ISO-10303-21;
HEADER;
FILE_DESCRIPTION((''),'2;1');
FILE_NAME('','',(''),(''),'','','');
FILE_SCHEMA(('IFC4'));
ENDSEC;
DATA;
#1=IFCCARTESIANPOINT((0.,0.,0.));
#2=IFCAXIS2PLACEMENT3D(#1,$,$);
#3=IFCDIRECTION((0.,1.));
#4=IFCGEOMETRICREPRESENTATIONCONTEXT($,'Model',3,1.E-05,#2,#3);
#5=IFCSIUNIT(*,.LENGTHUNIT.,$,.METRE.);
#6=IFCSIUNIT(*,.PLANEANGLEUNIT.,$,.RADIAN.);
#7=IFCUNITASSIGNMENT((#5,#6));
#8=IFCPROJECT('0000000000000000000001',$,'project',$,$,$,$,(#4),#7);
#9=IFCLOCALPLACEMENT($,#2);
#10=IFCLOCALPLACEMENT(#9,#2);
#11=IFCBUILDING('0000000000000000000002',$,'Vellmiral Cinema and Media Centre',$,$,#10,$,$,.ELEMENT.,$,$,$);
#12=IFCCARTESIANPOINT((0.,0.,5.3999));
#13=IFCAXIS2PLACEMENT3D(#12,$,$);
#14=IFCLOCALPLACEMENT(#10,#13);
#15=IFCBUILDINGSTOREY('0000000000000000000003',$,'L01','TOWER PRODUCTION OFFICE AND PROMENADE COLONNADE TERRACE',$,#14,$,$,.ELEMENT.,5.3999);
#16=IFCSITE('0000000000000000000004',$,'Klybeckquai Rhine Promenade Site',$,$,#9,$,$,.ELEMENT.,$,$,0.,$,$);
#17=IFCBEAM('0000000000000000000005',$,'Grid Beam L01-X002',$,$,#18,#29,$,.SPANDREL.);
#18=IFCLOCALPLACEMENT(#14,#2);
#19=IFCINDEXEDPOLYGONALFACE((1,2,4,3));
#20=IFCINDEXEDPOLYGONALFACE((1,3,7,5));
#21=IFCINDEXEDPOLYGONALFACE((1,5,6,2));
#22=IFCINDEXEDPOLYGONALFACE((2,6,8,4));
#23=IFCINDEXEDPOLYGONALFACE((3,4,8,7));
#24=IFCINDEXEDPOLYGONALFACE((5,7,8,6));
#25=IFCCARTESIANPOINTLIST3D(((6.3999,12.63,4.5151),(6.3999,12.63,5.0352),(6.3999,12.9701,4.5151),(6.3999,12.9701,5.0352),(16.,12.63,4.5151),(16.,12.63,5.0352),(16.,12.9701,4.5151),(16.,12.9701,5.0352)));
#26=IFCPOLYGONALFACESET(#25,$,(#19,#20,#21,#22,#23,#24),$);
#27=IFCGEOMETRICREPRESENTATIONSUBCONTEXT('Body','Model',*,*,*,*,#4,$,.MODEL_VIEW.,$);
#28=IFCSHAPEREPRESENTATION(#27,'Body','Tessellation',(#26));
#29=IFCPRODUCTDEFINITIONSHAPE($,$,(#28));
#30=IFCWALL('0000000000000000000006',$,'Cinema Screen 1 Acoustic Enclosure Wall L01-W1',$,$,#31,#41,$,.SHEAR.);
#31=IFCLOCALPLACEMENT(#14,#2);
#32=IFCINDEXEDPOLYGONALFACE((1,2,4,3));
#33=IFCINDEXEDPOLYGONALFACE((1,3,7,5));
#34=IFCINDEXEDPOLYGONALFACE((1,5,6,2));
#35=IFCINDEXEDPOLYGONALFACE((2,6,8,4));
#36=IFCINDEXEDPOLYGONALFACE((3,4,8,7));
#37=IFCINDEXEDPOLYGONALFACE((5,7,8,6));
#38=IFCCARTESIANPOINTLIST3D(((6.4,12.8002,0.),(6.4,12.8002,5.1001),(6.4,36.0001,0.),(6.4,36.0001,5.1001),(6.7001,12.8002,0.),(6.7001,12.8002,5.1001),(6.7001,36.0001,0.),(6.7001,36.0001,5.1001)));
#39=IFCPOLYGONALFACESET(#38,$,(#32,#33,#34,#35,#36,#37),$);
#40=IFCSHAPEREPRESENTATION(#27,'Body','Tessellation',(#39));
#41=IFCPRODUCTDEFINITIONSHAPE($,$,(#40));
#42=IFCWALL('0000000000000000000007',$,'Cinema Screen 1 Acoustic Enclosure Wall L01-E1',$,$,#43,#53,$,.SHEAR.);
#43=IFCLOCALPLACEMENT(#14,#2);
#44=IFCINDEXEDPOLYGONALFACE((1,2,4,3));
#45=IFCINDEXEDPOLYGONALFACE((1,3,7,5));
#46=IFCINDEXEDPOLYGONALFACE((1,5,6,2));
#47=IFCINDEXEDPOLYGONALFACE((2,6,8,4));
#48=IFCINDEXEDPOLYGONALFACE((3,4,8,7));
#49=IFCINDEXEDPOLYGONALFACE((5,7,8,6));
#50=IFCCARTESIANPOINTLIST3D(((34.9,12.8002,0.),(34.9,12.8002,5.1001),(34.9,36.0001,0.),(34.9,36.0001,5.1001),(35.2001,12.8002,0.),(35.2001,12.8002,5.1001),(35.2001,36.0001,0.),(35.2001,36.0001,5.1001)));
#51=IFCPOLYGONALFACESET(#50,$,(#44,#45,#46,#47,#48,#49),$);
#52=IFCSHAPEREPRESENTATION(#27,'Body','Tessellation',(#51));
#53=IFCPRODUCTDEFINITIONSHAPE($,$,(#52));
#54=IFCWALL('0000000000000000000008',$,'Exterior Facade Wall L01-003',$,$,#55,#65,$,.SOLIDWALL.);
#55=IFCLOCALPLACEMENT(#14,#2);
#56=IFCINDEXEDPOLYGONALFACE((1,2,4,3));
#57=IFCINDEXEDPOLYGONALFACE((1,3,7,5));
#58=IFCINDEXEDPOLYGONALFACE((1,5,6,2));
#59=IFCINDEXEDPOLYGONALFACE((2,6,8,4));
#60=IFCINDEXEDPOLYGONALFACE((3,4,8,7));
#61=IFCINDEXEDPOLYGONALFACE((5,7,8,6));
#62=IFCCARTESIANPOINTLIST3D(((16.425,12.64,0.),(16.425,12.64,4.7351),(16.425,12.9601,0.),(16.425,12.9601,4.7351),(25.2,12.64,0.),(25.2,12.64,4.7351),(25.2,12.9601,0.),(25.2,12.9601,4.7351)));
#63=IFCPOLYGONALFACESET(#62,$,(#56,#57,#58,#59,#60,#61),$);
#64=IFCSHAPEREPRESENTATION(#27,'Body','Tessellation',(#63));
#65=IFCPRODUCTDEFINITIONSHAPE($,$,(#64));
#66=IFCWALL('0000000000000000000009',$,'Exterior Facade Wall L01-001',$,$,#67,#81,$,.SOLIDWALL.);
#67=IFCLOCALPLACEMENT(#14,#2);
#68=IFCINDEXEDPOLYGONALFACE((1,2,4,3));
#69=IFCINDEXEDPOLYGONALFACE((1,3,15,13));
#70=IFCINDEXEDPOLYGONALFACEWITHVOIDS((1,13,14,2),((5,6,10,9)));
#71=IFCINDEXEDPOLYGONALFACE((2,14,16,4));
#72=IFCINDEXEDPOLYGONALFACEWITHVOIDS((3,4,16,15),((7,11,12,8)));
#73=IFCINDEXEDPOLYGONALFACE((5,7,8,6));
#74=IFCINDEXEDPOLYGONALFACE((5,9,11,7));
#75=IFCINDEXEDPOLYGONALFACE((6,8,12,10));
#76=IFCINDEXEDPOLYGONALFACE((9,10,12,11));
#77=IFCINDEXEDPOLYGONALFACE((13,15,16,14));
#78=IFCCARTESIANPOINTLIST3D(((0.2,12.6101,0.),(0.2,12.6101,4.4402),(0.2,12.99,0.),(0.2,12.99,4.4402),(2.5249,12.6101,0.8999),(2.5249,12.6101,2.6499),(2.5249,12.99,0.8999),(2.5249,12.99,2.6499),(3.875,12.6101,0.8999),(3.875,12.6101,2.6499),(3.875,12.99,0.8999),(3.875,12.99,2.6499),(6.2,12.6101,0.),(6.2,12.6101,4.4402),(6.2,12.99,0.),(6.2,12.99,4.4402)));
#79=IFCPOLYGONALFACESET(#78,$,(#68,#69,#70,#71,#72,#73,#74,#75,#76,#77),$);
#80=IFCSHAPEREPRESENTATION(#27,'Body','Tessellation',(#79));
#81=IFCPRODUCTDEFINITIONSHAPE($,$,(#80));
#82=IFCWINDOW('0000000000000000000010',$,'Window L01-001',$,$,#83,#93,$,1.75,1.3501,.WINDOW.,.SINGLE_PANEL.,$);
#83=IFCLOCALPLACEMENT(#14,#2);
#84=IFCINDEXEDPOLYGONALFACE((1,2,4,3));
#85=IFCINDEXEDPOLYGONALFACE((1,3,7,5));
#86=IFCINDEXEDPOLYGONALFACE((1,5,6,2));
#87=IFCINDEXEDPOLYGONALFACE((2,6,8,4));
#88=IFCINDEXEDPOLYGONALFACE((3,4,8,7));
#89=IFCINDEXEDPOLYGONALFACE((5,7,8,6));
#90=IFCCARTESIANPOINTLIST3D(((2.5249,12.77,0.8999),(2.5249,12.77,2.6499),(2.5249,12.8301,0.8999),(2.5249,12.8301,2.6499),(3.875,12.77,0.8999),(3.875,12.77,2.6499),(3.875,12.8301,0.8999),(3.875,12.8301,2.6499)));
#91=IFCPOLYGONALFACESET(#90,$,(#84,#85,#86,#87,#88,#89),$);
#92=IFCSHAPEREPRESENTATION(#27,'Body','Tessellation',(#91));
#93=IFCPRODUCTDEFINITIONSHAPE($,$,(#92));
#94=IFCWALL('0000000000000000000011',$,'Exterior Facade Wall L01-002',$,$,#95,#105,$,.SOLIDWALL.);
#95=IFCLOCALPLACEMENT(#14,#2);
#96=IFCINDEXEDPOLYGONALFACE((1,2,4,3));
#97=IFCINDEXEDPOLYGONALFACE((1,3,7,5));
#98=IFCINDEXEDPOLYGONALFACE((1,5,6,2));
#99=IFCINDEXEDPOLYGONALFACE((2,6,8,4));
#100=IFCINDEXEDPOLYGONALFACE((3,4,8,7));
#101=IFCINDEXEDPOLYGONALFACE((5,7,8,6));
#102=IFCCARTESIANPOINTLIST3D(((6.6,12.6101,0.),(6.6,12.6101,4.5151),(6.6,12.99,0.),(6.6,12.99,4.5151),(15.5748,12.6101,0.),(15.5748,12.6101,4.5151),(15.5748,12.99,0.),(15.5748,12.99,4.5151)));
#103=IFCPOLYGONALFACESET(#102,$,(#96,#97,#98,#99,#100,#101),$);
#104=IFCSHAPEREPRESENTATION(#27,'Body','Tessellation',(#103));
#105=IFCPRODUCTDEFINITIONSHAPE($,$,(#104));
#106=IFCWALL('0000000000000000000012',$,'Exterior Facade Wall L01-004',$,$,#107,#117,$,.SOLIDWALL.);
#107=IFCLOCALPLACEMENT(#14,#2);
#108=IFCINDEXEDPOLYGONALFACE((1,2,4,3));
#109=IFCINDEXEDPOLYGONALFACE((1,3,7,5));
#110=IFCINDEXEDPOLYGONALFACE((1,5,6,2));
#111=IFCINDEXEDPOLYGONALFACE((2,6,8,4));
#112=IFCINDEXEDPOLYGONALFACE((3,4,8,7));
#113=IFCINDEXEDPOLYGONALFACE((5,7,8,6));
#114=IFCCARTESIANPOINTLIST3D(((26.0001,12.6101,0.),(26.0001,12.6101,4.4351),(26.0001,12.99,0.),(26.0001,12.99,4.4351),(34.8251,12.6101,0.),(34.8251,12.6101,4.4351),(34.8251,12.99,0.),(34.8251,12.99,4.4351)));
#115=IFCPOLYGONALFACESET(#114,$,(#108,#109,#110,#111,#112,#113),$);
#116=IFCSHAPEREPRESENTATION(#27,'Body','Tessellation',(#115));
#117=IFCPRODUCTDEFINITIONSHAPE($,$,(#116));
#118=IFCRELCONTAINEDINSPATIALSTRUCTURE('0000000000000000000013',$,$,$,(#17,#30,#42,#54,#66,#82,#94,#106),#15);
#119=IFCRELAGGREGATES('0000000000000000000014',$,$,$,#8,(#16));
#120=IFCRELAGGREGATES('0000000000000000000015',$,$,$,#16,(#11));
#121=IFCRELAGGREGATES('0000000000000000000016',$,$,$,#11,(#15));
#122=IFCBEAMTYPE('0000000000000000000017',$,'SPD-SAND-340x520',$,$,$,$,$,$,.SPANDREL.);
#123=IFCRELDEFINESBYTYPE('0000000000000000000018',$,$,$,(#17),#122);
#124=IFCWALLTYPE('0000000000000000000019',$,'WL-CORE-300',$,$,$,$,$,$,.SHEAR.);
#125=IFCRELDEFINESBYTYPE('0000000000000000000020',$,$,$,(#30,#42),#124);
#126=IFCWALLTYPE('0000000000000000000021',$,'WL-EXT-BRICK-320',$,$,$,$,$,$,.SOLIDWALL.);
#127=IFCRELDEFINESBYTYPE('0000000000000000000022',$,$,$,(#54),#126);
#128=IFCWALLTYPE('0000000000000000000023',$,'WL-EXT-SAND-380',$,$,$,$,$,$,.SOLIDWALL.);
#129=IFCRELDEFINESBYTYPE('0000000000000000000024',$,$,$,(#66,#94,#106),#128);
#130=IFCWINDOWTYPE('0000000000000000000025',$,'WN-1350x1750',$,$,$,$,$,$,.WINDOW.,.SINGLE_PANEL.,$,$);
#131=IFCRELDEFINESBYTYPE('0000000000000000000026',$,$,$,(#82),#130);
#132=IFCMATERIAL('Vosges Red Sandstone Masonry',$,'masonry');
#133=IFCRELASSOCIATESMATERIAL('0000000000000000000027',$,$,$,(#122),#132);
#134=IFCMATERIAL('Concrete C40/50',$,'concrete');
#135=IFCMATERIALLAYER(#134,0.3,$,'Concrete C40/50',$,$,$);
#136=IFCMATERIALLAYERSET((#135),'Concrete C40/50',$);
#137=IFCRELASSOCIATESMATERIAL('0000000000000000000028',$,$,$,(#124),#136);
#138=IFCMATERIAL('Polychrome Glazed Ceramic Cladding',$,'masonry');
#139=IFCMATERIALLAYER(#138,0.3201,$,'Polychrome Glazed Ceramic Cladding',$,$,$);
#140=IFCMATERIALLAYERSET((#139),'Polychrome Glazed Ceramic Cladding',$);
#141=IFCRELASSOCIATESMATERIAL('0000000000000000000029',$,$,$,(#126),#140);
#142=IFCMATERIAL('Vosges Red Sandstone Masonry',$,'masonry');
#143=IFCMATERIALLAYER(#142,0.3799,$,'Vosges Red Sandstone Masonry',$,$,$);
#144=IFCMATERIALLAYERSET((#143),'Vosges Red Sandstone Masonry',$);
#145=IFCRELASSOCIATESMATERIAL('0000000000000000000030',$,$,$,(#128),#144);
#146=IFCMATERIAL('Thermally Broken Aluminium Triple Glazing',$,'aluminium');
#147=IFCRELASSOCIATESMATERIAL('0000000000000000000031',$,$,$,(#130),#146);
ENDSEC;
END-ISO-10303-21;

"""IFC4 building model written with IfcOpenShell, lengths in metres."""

from ifc_helpers import new_model, si_unit, direction, frame, frame_2d, origin, origin_2d, place, context, subcontext, project, spatial, rectangle, extrude, material, layer, layer_set, material_profile, profile_set, type_object, element, fill, save


model = new_model("IFC4")

# Units and contexts
model_context = context("Model", 3, precision=1e-05, world=origin(), true_north=direction((0.0, 1.0)))
body_context = subcontext(model_context, "Body", "Model", "MODEL_VIEW")
ifc_project = project(units=[si_unit("LENGTHUNIT", "METRE"), si_unit("PLANEANGLEUNIT", "RADIAN")], contexts=[model_context])

# Site, building, storey
site_placement = place(None, origin())
site = spatial("IfcSite", under=ifc_project, at=site_placement, Name="Klybeckquai Rhine Promenade Site", CompositionType="ELEMENT", RefElevation=0.0)
building_placement = place(site_placement, origin())
building = spatial("IfcBuilding", under=site, at=building_placement, Name="Vellmiral Cinema and Media Centre", CompositionType="ELEMENT")
storey_placement = place(building_placement, frame((0.0, 0.0, 5.3999)))
storey = spatial("IfcBuildingStorey", under=building, at=storey_placement, Name="L01", Description="TOWER PRODUCTION OFFICE AND PROMENADE COLONNADE TERRACE", CompositionType="ELEMENT", Elevation=5.3999)

# Beam
ifc_material_1 = material(Name="Vosges Red Sandstone Masonry", Category="masonry")
ifc_material_profile_1 = material_profile(ifc_material_1, rectangle(XDim=0.3401, YDim=0.52, at=origin_2d()), Name="SAND 340x520")
ifc_profile_set_1 = profile_set([ifc_material_profile_1], Name="Vosges Red Sandstone Masonry")
beam_type_1 = type_object("IfcBeamType", Name="SPD-SAND-340x520", PredefinedType="SPANDREL", material=ifc_profile_set_1)
beam_1_placement = place(storey_placement, frame((6.3999, 12.8, 4.7751), z_axis=(1.0, 0.0, 0.0), x_axis=(0.0, 1.0, 0.0)))
element("IfcBeam", 1, at=beam_1_placement, inside=storey, type_object=beam_type_1, Name="Grid Beam L01-X002", PredefinedType="SPANDREL", context=body_context, shape_type="SweptSolid", body=[
    extrude(rectangle(XDim=0.3401, YDim=0.52, at=origin_2d()), origin(), (0.0, 0.0, 1.0), 9.6001),
])

# Walls
ifc_material_2 = material(Name="Concrete C40/50", Category="concrete")
ifc_layer_1 = layer(ifc_material_2, 0.3, Name="Concrete C40/50")
ifc_layer_set_1 = layer_set([ifc_layer_1], Name="Concrete C40/50")
wall_type_1 = type_object("IfcWallType", Name="WL-CORE-300", PredefinedType="SHEAR", material=ifc_layer_set_1)
for number, where, z_axis, x_axis, name in (
    (2, (6.55, 12.8, 0.0), (0.0, 0.0, 1.0), (0.0, 1.0, 0.0), "Cinema Screen 1 Acoustic Enclosure Wall L01-W1"),
    (3, (35.05, 12.8, 0.0), (0.0, 0.0, 1.0), (0.0, 1.0, 0.0), "Cinema Screen 1 Acoustic Enclosure Wall L01-E1"),
):
    element("IfcWall", number, at=place(storey_placement, frame(where, z_axis=z_axis, x_axis=x_axis)), inside=storey, type_object=wall_type_1, Name=name, PredefinedType="SHEAR", context=body_context, shape_type="SweptSolid", body=[
        extrude(rectangle(XDim=23.2, YDim=0.3, at=frame_2d((11.6001, 0.0))), origin(), (0.0, 0.0, 1.0), 5.1001),
    ])
ifc_material_3 = material(Name="Polychrome Glazed Ceramic Cladding", Category="masonry")
ifc_layer_2 = layer(ifc_material_3, 0.3201, Name="Polychrome Glazed Ceramic Cladding")
ifc_layer_set_2 = layer_set([ifc_layer_2], Name="Polychrome Glazed Ceramic Cladding")
wall_type_2 = type_object("IfcWallType", Name="WL-EXT-BRICK-320", PredefinedType="SOLIDWALL", material=ifc_layer_set_2)
wall_1_placement = place(storey_placement, frame((16.425, 12.8, 0.0), z_axis=(0.0, 0.0, 1.0), x_axis=(1.0, 0.0, 0.0)))
element("IfcWall", 4, at=wall_1_placement, inside=storey, type_object=wall_type_2, Name="Exterior Facade Wall L01-003", PredefinedType="SOLIDWALL", context=body_context, shape_type="SweptSolid", body=[
    extrude(rectangle(XDim=8.7749, YDim=0.3201, at=frame_2d((4.3875, 0.0))), origin(), (0.0, 0.0, 1.0), 4.7351),
])

# Wall, opening, window
ifc_material_4 = material(Name="Vosges Red Sandstone Masonry", Category="masonry")
ifc_layer_3 = layer(ifc_material_4, 0.3799, Name="Vosges Red Sandstone Masonry")
ifc_layer_set_3 = layer_set([ifc_layer_3], Name="Vosges Red Sandstone Masonry")
wall_type_3 = type_object("IfcWallType", Name="WL-EXT-SAND-380", PredefinedType="SOLIDWALL", material=ifc_layer_set_3)
wall_2_placement = place(storey_placement, frame((0.2, 12.8, 0.0), z_axis=(0.0, 0.0, 1.0), x_axis=(1.0, 0.0, 0.0)))
wall_2 = element("IfcWall", 5, at=wall_2_placement, inside=storey, type_object=wall_type_3, Name="Exterior Facade Wall L01-001", PredefinedType="SOLIDWALL", context=body_context, shape_type="SweptSolid", body=[
    extrude(rectangle(XDim=6.0, YDim=0.3799, at=frame_2d((3.0, 0.0))), origin(), (0.0, 0.0, 1.0), 4.4402),
])
opening_placement = place(wall_2_placement, frame((2.325, 0.0, 0.8999)))
opening = element("IfcOpeningElement", 6, at=opening_placement, cuts=wall_2, PredefinedType="OPENING", context=body_context, shape_type="SweptSolid", body=[
    extrude(rectangle(XDim=1.3501, YDim=1.75, at=frame_2d((0.675, 0.875))), frame((0.0, 0.2019, 0.0), z_axis=(0.0, -1.0, 0.0), x_axis=(1.0, 0.0, 0.0)), (0.0, 0.0, 1.0), 0.4038),
])
ifc_material_5 = material(Name="Thermally Broken Aluminium Triple Glazing", Category="aluminium")
window_type = type_object("IfcWindowType", Name="WN-1350x1750", PartitioningType="SINGLE_PANEL", PredefinedType="WINDOW", material=ifc_material_5)
window_placement = place(opening_placement, origin())
window = element("IfcWindow", 7, at=window_placement, inside=storey, type_object=window_type, Name="Window L01-001", OverallHeight=1.75, OverallWidth=1.3501, PartitioningType="SINGLE_PANEL", PredefinedType="WINDOW", context=body_context, shape_type="SweptSolid", body=[
    extrude(rectangle(XDim=1.3501, YDim=1.75, at=frame_2d((0.675, 0.875))), frame((0.0, 0.03, 0.0), z_axis=(0.0, -1.0, 0.0), x_axis=(1.0, 0.0, 0.0)), (0.0, 0.0, 1.0), 0.0601),
])
fill(opening, window)

# Walls
wall_3_placement = place(storey_placement, frame((6.6001, 12.8, 0.0), z_axis=(0.0, 0.0, 1.0), x_axis=(1.0, 0.0, 0.0)))
element("IfcWall", 8, at=wall_3_placement, inside=storey, type_object=wall_type_3, Name="Exterior Facade Wall L01-002", PredefinedType="SOLIDWALL", context=body_context, shape_type="SweptSolid", body=[
    extrude(rectangle(XDim=8.9749, YDim=0.3799, at=frame_2d((4.4873, 0.0))), origin(), (0.0, 0.0, 1.0), 4.5151),
])
wall_4_placement = place(storey_placement, frame((26.0, 12.8, 0.0), z_axis=(0.0, 0.0, 1.0), x_axis=(1.0, 0.0, 0.0)))
element("IfcWall", 9, at=wall_4_placement, inside=storey, type_object=wall_type_3, Name="Exterior Facade Wall L01-004", PredefinedType="SOLIDWALL", context=body_context, shape_type="SweptSolid", body=[
    extrude(rectangle(XDim=8.825, YDim=0.3799, at=frame_2d((4.4126, 0.0))), origin(), (0.0, 0.0, 1.0), 4.4351),
])

save(model, "model.ifc")
